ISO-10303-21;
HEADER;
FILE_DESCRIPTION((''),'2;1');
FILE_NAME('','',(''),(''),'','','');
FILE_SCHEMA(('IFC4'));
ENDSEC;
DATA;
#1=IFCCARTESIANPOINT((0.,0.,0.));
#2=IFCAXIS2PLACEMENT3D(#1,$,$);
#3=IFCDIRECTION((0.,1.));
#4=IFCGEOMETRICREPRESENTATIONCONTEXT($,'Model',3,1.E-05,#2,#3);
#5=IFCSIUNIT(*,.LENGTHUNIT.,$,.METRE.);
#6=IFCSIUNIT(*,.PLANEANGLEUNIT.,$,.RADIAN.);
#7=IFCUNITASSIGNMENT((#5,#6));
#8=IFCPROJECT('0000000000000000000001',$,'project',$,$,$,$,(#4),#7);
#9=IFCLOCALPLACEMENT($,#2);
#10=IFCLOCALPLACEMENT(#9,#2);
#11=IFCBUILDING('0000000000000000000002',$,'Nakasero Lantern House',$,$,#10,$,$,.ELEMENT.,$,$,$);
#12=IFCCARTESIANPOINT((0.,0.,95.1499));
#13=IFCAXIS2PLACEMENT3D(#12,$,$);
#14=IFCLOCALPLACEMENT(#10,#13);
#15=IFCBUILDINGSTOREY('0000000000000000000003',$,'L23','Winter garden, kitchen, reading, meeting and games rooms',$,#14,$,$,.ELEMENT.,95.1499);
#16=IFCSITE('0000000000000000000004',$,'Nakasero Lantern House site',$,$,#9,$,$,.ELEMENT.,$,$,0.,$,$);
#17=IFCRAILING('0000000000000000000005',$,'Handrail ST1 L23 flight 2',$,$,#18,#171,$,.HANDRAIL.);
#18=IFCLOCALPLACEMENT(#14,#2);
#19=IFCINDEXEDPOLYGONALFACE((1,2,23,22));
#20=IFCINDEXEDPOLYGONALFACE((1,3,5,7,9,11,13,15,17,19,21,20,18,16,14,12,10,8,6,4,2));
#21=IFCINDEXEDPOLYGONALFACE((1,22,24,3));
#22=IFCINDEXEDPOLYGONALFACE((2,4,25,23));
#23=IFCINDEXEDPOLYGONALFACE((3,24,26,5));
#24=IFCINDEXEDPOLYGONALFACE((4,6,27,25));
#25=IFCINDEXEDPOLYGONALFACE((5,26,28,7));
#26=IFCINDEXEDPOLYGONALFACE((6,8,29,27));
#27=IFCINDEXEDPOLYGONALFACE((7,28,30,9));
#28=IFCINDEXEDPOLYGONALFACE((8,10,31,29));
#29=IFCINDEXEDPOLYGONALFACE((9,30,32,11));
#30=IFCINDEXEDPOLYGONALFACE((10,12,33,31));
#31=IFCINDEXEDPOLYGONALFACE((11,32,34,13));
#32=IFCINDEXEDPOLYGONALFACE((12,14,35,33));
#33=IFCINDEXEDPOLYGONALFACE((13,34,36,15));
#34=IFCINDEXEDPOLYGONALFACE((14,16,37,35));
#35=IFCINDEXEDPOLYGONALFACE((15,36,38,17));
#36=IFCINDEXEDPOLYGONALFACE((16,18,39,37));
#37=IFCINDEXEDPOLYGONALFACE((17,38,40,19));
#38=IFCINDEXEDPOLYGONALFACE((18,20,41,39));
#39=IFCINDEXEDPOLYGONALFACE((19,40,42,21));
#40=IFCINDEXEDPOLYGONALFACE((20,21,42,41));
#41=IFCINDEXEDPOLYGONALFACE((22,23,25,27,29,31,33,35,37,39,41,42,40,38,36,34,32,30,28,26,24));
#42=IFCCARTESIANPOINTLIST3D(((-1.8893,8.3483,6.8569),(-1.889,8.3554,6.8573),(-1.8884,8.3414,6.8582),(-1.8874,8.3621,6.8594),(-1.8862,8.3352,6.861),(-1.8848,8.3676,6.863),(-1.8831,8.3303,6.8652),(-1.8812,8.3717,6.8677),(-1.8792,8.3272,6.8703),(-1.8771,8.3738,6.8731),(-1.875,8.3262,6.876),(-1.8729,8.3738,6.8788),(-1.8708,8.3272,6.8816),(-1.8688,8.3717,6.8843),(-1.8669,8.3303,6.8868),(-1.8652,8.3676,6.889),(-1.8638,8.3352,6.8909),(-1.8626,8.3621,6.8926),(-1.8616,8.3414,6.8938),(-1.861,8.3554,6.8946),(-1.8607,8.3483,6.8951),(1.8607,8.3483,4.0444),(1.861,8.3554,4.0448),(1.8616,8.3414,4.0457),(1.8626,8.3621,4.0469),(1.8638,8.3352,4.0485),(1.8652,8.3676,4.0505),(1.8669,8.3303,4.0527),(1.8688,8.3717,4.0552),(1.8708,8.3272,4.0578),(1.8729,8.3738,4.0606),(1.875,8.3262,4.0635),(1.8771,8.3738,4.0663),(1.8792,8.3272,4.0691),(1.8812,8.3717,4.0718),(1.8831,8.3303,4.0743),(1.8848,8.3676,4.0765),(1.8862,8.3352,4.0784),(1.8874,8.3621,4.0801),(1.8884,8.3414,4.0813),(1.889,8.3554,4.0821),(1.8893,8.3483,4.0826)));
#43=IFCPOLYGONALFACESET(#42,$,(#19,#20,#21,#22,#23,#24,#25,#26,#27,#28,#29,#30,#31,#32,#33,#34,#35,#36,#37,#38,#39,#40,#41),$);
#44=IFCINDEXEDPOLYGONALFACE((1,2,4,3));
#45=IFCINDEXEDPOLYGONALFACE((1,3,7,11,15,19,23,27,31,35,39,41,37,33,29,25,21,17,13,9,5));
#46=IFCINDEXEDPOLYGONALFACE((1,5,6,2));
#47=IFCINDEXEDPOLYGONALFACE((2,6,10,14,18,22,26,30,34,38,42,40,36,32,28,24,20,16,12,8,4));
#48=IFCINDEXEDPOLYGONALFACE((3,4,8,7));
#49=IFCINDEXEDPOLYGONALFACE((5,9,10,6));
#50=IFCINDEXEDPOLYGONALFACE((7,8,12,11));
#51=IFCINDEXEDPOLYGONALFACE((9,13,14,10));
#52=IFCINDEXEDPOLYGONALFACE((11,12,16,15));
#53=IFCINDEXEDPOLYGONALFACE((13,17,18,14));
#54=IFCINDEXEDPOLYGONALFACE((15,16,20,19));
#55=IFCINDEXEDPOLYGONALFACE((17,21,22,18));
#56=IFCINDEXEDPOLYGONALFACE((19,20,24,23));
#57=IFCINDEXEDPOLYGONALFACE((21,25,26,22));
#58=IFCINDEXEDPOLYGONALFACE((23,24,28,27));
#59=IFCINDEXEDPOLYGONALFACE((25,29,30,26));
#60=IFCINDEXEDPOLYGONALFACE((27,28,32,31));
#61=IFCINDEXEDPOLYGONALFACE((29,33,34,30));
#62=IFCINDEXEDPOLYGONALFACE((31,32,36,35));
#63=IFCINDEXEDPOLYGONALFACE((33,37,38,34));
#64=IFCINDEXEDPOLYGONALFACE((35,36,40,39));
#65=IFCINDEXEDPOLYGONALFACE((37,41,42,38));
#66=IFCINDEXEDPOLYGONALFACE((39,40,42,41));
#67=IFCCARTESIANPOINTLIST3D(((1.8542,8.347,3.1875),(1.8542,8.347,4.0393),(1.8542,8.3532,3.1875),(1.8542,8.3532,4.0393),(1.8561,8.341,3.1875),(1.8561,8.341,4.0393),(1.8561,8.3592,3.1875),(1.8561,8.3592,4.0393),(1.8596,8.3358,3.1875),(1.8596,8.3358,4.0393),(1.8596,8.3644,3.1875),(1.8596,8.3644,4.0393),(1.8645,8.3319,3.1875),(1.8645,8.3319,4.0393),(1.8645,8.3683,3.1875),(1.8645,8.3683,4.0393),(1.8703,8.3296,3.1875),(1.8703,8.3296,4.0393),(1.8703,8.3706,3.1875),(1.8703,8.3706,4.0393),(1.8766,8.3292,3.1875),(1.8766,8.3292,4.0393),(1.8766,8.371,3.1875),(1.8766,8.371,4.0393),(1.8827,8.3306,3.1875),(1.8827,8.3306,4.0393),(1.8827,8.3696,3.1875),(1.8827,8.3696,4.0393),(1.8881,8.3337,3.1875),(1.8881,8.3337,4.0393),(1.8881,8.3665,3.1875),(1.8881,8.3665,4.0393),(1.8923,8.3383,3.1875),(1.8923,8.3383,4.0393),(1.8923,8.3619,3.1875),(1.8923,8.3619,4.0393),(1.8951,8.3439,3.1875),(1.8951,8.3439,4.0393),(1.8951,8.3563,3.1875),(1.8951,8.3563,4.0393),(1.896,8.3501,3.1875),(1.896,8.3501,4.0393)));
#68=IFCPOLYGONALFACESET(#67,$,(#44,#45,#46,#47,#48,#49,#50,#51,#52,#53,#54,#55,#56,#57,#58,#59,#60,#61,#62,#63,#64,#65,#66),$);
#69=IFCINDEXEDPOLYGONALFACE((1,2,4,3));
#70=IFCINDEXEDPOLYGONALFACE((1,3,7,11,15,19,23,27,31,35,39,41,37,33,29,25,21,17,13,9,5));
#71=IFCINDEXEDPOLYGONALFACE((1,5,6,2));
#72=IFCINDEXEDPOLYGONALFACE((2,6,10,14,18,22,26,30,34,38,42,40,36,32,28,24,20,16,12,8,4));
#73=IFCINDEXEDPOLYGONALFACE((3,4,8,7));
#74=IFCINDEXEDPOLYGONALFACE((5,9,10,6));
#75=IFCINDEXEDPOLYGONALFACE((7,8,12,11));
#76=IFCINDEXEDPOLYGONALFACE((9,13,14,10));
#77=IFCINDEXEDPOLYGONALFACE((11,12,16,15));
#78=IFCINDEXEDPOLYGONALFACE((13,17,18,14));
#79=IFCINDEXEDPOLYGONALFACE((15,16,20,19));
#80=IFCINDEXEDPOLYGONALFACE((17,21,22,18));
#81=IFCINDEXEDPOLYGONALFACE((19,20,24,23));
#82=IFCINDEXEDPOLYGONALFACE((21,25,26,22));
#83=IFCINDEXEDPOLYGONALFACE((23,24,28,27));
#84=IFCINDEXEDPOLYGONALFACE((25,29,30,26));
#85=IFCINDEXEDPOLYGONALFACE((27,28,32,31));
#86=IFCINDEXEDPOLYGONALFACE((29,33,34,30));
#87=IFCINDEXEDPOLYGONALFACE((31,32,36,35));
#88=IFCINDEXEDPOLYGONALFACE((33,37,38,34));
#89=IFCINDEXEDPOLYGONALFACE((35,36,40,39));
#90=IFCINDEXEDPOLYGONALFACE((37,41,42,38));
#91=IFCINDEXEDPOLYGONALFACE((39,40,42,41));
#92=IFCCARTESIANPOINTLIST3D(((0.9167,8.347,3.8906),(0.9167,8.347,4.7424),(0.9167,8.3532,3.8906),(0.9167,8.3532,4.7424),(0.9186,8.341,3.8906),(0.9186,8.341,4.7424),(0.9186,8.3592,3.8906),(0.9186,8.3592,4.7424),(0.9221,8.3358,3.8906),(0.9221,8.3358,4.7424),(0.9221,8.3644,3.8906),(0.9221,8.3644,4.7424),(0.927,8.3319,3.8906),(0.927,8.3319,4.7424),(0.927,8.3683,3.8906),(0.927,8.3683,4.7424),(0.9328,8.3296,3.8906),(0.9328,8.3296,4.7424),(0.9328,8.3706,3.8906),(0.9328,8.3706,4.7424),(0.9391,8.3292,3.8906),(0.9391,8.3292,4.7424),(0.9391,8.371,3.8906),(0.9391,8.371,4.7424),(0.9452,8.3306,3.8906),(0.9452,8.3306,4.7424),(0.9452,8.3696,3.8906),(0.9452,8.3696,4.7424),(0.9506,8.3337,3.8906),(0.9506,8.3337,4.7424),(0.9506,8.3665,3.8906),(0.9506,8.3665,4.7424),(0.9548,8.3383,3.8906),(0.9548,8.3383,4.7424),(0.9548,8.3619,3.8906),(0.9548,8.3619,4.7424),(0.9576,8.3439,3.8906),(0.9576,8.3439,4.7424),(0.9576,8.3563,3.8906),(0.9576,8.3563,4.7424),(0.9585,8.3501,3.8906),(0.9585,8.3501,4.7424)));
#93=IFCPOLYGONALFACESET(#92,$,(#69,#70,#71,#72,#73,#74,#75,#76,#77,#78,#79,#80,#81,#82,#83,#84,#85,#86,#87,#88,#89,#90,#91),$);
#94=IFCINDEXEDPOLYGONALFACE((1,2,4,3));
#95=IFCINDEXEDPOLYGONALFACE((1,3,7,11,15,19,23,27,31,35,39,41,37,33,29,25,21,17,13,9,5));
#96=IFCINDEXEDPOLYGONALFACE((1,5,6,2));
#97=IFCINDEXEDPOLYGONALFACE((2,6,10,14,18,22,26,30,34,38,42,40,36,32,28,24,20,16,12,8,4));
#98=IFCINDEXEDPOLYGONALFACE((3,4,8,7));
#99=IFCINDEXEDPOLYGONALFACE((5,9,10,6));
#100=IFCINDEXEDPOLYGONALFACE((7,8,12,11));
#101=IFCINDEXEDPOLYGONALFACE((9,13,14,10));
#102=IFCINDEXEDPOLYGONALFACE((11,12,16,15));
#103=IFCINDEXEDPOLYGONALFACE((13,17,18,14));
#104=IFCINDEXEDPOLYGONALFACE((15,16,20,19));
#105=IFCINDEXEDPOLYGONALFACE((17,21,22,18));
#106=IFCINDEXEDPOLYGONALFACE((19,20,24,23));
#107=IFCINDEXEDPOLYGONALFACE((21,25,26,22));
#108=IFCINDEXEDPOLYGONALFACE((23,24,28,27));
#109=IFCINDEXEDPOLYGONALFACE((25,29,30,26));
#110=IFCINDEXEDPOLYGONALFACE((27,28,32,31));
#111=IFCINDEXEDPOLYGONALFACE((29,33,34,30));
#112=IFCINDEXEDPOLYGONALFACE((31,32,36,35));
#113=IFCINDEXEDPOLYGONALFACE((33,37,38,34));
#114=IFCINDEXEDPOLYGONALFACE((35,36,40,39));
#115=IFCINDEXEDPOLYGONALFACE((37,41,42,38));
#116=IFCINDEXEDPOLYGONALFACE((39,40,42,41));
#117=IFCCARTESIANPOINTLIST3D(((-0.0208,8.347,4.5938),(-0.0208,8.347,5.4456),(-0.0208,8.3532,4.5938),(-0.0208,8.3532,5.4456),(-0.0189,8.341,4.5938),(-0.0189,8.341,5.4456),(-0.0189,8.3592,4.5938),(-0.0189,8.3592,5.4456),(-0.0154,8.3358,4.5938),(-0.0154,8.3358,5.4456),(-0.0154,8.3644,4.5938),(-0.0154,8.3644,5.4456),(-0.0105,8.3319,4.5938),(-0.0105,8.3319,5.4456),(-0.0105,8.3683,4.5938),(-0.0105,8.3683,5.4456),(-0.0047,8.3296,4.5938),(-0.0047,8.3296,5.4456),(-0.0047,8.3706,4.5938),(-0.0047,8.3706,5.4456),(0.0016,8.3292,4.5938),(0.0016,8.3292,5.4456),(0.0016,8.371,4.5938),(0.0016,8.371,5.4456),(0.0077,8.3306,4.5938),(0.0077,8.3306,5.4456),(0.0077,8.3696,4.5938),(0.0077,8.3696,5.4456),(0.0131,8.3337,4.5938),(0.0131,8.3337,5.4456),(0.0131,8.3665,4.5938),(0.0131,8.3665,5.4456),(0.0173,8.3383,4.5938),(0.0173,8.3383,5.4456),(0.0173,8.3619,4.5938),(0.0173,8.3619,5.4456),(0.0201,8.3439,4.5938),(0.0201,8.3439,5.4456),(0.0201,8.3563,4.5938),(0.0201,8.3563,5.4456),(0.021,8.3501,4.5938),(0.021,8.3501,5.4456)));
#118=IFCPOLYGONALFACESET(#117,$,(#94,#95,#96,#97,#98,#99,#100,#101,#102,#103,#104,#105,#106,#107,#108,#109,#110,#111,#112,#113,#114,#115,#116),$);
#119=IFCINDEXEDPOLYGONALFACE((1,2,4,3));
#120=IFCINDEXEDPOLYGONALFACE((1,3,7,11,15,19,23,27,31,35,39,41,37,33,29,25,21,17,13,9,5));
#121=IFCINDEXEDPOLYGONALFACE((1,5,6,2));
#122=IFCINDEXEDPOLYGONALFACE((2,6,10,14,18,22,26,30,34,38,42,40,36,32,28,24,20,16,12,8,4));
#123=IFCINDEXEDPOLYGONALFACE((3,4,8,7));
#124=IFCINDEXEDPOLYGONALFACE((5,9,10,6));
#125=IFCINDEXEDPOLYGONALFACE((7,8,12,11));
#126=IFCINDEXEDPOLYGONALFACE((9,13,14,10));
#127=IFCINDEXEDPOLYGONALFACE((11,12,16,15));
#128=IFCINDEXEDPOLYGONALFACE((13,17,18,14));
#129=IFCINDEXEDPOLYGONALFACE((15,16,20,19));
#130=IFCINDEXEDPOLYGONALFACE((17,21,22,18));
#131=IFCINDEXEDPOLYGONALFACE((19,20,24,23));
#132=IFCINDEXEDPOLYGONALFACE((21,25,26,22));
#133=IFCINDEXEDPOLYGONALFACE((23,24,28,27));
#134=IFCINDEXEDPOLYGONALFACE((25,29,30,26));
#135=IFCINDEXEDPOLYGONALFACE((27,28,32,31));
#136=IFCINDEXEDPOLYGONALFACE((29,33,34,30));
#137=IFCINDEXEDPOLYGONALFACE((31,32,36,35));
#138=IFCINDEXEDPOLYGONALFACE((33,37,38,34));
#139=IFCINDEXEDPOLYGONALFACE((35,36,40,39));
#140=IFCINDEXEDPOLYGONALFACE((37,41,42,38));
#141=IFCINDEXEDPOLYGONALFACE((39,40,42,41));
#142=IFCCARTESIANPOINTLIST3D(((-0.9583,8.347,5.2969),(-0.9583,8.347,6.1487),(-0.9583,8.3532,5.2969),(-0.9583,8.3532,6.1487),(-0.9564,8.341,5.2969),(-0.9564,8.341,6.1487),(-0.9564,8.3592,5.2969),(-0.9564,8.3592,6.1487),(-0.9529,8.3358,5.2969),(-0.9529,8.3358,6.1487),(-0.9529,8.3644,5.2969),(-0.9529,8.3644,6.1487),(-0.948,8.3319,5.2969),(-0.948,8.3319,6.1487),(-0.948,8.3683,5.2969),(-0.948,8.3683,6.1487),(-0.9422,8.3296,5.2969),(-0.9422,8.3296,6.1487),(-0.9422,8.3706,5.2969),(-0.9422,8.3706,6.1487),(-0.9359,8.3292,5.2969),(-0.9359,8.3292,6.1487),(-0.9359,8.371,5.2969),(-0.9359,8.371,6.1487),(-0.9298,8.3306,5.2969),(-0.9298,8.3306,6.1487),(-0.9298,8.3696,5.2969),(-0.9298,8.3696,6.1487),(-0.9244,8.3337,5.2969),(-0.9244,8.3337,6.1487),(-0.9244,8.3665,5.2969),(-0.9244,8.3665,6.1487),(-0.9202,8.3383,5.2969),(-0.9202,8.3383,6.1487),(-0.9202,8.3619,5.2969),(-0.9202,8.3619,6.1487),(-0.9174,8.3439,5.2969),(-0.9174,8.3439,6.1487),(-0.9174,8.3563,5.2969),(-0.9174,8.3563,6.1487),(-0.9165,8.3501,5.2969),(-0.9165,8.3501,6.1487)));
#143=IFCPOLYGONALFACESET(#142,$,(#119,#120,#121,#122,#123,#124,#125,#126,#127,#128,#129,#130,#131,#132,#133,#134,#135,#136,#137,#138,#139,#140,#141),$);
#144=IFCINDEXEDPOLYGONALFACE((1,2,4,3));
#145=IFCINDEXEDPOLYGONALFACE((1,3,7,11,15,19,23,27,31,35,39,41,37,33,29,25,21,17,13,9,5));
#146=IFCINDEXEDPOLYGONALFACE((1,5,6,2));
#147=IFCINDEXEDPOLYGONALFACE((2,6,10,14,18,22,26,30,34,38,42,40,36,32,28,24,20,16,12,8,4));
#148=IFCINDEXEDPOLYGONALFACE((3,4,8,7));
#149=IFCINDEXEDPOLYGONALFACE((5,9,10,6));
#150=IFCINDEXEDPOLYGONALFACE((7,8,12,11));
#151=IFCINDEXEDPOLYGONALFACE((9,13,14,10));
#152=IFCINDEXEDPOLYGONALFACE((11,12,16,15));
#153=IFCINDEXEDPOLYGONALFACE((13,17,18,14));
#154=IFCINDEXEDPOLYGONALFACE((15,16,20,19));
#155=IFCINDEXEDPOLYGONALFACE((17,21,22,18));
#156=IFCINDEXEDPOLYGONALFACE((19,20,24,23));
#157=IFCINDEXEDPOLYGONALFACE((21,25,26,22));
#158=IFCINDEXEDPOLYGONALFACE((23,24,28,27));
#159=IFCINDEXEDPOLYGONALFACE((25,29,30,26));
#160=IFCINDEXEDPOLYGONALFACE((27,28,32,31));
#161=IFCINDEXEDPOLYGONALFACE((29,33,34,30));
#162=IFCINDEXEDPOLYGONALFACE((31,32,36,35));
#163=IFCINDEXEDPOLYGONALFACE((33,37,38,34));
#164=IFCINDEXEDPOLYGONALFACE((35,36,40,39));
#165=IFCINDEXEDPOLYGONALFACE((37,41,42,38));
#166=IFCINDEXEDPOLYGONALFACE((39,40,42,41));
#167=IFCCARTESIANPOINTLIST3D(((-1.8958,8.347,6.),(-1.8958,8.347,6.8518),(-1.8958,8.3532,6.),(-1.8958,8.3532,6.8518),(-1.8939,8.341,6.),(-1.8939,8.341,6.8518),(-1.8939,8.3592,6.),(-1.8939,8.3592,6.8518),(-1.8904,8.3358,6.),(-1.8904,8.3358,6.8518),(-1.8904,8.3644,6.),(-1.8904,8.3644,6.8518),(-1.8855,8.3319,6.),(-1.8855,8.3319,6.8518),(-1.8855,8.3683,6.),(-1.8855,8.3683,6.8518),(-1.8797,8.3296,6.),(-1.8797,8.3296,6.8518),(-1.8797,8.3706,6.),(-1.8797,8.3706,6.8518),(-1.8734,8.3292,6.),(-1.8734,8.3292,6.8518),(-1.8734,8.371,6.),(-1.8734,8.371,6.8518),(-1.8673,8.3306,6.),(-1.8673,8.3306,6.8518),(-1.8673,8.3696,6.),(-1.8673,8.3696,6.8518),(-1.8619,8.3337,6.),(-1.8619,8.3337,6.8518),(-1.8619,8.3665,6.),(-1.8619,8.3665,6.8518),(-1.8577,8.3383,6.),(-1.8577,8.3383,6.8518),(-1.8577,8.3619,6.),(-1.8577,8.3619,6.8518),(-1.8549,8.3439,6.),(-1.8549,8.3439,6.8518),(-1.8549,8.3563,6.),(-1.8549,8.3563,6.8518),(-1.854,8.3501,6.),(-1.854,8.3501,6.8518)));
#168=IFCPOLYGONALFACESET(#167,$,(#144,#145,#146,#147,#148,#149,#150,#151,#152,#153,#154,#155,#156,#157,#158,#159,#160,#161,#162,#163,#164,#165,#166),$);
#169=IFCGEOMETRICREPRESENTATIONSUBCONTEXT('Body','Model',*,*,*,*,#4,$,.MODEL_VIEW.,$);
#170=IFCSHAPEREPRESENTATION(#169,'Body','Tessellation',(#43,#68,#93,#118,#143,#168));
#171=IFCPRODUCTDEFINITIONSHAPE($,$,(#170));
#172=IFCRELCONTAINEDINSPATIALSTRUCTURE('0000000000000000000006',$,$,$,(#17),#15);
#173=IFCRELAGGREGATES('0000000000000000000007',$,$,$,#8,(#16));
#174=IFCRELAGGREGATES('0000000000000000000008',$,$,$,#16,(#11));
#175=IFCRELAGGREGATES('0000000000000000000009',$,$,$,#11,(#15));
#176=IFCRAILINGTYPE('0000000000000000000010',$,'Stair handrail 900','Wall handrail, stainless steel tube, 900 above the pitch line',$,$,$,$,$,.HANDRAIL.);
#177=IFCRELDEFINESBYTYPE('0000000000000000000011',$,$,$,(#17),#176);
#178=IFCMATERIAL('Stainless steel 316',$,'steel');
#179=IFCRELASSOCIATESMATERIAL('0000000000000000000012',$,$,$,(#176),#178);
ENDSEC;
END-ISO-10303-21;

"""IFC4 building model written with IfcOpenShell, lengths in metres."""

from ifc_helpers import new_model, si_unit, direction, frame, origin, origin_2d, place, context, subcontext, project, spatial, circle, extrude, material, type_object, element, save


model = new_model("IFC4")

# Units and contexts
model_context = context("Model", 3, precision=1e-05, world=origin(), true_north=direction((0.0, 1.0)))
body_context = subcontext(model_context, "Body", "Model", "MODEL_VIEW")
ifc_project = project(units=[si_unit("LENGTHUNIT", "METRE"), si_unit("PLANEANGLEUNIT", "RADIAN")], contexts=[model_context])

# Site, building, storey
site_placement = place(None, origin())
site = spatial("IfcSite", under=ifc_project, at=site_placement, Name="Nakasero Lantern House site", CompositionType="ELEMENT", RefElevation=0.0)
building_placement = place(site_placement, origin())
building = spatial("IfcBuilding", under=site, at=building_placement, Name="Nakasero Lantern House", CompositionType="ELEMENT")
storey_placement = place(building_placement, frame((0.0, 0.0, 95.1499)))
storey = spatial("IfcBuildingStorey", under=building, at=storey_placement, Name="L23", Description="Winter garden, kitchen, reading, meeting and games rooms", CompositionType="ELEMENT", Elevation=95.1499)

# Railing
ifc_material_1 = material(Name="Stainless steel 316", Category="steel")
railing_type = type_object("IfcRailingType", Name="Stair handrail 900", Description="Wall handrail, stainless steel tube, 900 above the pitch line", PredefinedType="HANDRAIL", material=ifc_material_1)
railing_placement = place(storey_placement, frame((1.875, 8.3501, 3.1875)))
element("IfcRailing", 1, at=railing_placement, inside=storey, type_object=railing_type, Name="Handrail ST1 L23 flight 2", PredefinedType="HANDRAIL", context=body_context, shape_type="SweptSolid", body=[
    extrude(circle(Radius=0.0239, at=origin_2d()), frame((0.0, 0.0, 0.876), z_axis=(-0.8, 0.0, 0.6), x_axis=(0.0, -1.0, 0.0)), (0.0, 0.0, 1.0), 4.6875),
    extrude(circle(Radius=0.021, at=origin_2d()), origin(), (0.0, 0.0, 1.0), 0.8518),
    extrude(circle(Radius=0.021, at=origin_2d()), frame((-0.9375, 0.0, 0.7031)), (0.0, 0.0, 1.0), 0.8518),
    extrude(circle(Radius=0.021, at=origin_2d()), frame((-1.875, 0.0, 1.4062)), (0.0, 0.0, 1.0), 0.8518),
    extrude(circle(Radius=0.021, at=origin_2d()), frame((-2.8125, 0.0, 2.1094)), (0.0, 0.0, 1.0), 0.8518),
    extrude(circle(Radius=0.021, at=origin_2d()), frame((-3.75, 0.0, 2.8125)), (0.0, 0.0, 1.0), 0.8518),
])

save(model, "model.ifc")
